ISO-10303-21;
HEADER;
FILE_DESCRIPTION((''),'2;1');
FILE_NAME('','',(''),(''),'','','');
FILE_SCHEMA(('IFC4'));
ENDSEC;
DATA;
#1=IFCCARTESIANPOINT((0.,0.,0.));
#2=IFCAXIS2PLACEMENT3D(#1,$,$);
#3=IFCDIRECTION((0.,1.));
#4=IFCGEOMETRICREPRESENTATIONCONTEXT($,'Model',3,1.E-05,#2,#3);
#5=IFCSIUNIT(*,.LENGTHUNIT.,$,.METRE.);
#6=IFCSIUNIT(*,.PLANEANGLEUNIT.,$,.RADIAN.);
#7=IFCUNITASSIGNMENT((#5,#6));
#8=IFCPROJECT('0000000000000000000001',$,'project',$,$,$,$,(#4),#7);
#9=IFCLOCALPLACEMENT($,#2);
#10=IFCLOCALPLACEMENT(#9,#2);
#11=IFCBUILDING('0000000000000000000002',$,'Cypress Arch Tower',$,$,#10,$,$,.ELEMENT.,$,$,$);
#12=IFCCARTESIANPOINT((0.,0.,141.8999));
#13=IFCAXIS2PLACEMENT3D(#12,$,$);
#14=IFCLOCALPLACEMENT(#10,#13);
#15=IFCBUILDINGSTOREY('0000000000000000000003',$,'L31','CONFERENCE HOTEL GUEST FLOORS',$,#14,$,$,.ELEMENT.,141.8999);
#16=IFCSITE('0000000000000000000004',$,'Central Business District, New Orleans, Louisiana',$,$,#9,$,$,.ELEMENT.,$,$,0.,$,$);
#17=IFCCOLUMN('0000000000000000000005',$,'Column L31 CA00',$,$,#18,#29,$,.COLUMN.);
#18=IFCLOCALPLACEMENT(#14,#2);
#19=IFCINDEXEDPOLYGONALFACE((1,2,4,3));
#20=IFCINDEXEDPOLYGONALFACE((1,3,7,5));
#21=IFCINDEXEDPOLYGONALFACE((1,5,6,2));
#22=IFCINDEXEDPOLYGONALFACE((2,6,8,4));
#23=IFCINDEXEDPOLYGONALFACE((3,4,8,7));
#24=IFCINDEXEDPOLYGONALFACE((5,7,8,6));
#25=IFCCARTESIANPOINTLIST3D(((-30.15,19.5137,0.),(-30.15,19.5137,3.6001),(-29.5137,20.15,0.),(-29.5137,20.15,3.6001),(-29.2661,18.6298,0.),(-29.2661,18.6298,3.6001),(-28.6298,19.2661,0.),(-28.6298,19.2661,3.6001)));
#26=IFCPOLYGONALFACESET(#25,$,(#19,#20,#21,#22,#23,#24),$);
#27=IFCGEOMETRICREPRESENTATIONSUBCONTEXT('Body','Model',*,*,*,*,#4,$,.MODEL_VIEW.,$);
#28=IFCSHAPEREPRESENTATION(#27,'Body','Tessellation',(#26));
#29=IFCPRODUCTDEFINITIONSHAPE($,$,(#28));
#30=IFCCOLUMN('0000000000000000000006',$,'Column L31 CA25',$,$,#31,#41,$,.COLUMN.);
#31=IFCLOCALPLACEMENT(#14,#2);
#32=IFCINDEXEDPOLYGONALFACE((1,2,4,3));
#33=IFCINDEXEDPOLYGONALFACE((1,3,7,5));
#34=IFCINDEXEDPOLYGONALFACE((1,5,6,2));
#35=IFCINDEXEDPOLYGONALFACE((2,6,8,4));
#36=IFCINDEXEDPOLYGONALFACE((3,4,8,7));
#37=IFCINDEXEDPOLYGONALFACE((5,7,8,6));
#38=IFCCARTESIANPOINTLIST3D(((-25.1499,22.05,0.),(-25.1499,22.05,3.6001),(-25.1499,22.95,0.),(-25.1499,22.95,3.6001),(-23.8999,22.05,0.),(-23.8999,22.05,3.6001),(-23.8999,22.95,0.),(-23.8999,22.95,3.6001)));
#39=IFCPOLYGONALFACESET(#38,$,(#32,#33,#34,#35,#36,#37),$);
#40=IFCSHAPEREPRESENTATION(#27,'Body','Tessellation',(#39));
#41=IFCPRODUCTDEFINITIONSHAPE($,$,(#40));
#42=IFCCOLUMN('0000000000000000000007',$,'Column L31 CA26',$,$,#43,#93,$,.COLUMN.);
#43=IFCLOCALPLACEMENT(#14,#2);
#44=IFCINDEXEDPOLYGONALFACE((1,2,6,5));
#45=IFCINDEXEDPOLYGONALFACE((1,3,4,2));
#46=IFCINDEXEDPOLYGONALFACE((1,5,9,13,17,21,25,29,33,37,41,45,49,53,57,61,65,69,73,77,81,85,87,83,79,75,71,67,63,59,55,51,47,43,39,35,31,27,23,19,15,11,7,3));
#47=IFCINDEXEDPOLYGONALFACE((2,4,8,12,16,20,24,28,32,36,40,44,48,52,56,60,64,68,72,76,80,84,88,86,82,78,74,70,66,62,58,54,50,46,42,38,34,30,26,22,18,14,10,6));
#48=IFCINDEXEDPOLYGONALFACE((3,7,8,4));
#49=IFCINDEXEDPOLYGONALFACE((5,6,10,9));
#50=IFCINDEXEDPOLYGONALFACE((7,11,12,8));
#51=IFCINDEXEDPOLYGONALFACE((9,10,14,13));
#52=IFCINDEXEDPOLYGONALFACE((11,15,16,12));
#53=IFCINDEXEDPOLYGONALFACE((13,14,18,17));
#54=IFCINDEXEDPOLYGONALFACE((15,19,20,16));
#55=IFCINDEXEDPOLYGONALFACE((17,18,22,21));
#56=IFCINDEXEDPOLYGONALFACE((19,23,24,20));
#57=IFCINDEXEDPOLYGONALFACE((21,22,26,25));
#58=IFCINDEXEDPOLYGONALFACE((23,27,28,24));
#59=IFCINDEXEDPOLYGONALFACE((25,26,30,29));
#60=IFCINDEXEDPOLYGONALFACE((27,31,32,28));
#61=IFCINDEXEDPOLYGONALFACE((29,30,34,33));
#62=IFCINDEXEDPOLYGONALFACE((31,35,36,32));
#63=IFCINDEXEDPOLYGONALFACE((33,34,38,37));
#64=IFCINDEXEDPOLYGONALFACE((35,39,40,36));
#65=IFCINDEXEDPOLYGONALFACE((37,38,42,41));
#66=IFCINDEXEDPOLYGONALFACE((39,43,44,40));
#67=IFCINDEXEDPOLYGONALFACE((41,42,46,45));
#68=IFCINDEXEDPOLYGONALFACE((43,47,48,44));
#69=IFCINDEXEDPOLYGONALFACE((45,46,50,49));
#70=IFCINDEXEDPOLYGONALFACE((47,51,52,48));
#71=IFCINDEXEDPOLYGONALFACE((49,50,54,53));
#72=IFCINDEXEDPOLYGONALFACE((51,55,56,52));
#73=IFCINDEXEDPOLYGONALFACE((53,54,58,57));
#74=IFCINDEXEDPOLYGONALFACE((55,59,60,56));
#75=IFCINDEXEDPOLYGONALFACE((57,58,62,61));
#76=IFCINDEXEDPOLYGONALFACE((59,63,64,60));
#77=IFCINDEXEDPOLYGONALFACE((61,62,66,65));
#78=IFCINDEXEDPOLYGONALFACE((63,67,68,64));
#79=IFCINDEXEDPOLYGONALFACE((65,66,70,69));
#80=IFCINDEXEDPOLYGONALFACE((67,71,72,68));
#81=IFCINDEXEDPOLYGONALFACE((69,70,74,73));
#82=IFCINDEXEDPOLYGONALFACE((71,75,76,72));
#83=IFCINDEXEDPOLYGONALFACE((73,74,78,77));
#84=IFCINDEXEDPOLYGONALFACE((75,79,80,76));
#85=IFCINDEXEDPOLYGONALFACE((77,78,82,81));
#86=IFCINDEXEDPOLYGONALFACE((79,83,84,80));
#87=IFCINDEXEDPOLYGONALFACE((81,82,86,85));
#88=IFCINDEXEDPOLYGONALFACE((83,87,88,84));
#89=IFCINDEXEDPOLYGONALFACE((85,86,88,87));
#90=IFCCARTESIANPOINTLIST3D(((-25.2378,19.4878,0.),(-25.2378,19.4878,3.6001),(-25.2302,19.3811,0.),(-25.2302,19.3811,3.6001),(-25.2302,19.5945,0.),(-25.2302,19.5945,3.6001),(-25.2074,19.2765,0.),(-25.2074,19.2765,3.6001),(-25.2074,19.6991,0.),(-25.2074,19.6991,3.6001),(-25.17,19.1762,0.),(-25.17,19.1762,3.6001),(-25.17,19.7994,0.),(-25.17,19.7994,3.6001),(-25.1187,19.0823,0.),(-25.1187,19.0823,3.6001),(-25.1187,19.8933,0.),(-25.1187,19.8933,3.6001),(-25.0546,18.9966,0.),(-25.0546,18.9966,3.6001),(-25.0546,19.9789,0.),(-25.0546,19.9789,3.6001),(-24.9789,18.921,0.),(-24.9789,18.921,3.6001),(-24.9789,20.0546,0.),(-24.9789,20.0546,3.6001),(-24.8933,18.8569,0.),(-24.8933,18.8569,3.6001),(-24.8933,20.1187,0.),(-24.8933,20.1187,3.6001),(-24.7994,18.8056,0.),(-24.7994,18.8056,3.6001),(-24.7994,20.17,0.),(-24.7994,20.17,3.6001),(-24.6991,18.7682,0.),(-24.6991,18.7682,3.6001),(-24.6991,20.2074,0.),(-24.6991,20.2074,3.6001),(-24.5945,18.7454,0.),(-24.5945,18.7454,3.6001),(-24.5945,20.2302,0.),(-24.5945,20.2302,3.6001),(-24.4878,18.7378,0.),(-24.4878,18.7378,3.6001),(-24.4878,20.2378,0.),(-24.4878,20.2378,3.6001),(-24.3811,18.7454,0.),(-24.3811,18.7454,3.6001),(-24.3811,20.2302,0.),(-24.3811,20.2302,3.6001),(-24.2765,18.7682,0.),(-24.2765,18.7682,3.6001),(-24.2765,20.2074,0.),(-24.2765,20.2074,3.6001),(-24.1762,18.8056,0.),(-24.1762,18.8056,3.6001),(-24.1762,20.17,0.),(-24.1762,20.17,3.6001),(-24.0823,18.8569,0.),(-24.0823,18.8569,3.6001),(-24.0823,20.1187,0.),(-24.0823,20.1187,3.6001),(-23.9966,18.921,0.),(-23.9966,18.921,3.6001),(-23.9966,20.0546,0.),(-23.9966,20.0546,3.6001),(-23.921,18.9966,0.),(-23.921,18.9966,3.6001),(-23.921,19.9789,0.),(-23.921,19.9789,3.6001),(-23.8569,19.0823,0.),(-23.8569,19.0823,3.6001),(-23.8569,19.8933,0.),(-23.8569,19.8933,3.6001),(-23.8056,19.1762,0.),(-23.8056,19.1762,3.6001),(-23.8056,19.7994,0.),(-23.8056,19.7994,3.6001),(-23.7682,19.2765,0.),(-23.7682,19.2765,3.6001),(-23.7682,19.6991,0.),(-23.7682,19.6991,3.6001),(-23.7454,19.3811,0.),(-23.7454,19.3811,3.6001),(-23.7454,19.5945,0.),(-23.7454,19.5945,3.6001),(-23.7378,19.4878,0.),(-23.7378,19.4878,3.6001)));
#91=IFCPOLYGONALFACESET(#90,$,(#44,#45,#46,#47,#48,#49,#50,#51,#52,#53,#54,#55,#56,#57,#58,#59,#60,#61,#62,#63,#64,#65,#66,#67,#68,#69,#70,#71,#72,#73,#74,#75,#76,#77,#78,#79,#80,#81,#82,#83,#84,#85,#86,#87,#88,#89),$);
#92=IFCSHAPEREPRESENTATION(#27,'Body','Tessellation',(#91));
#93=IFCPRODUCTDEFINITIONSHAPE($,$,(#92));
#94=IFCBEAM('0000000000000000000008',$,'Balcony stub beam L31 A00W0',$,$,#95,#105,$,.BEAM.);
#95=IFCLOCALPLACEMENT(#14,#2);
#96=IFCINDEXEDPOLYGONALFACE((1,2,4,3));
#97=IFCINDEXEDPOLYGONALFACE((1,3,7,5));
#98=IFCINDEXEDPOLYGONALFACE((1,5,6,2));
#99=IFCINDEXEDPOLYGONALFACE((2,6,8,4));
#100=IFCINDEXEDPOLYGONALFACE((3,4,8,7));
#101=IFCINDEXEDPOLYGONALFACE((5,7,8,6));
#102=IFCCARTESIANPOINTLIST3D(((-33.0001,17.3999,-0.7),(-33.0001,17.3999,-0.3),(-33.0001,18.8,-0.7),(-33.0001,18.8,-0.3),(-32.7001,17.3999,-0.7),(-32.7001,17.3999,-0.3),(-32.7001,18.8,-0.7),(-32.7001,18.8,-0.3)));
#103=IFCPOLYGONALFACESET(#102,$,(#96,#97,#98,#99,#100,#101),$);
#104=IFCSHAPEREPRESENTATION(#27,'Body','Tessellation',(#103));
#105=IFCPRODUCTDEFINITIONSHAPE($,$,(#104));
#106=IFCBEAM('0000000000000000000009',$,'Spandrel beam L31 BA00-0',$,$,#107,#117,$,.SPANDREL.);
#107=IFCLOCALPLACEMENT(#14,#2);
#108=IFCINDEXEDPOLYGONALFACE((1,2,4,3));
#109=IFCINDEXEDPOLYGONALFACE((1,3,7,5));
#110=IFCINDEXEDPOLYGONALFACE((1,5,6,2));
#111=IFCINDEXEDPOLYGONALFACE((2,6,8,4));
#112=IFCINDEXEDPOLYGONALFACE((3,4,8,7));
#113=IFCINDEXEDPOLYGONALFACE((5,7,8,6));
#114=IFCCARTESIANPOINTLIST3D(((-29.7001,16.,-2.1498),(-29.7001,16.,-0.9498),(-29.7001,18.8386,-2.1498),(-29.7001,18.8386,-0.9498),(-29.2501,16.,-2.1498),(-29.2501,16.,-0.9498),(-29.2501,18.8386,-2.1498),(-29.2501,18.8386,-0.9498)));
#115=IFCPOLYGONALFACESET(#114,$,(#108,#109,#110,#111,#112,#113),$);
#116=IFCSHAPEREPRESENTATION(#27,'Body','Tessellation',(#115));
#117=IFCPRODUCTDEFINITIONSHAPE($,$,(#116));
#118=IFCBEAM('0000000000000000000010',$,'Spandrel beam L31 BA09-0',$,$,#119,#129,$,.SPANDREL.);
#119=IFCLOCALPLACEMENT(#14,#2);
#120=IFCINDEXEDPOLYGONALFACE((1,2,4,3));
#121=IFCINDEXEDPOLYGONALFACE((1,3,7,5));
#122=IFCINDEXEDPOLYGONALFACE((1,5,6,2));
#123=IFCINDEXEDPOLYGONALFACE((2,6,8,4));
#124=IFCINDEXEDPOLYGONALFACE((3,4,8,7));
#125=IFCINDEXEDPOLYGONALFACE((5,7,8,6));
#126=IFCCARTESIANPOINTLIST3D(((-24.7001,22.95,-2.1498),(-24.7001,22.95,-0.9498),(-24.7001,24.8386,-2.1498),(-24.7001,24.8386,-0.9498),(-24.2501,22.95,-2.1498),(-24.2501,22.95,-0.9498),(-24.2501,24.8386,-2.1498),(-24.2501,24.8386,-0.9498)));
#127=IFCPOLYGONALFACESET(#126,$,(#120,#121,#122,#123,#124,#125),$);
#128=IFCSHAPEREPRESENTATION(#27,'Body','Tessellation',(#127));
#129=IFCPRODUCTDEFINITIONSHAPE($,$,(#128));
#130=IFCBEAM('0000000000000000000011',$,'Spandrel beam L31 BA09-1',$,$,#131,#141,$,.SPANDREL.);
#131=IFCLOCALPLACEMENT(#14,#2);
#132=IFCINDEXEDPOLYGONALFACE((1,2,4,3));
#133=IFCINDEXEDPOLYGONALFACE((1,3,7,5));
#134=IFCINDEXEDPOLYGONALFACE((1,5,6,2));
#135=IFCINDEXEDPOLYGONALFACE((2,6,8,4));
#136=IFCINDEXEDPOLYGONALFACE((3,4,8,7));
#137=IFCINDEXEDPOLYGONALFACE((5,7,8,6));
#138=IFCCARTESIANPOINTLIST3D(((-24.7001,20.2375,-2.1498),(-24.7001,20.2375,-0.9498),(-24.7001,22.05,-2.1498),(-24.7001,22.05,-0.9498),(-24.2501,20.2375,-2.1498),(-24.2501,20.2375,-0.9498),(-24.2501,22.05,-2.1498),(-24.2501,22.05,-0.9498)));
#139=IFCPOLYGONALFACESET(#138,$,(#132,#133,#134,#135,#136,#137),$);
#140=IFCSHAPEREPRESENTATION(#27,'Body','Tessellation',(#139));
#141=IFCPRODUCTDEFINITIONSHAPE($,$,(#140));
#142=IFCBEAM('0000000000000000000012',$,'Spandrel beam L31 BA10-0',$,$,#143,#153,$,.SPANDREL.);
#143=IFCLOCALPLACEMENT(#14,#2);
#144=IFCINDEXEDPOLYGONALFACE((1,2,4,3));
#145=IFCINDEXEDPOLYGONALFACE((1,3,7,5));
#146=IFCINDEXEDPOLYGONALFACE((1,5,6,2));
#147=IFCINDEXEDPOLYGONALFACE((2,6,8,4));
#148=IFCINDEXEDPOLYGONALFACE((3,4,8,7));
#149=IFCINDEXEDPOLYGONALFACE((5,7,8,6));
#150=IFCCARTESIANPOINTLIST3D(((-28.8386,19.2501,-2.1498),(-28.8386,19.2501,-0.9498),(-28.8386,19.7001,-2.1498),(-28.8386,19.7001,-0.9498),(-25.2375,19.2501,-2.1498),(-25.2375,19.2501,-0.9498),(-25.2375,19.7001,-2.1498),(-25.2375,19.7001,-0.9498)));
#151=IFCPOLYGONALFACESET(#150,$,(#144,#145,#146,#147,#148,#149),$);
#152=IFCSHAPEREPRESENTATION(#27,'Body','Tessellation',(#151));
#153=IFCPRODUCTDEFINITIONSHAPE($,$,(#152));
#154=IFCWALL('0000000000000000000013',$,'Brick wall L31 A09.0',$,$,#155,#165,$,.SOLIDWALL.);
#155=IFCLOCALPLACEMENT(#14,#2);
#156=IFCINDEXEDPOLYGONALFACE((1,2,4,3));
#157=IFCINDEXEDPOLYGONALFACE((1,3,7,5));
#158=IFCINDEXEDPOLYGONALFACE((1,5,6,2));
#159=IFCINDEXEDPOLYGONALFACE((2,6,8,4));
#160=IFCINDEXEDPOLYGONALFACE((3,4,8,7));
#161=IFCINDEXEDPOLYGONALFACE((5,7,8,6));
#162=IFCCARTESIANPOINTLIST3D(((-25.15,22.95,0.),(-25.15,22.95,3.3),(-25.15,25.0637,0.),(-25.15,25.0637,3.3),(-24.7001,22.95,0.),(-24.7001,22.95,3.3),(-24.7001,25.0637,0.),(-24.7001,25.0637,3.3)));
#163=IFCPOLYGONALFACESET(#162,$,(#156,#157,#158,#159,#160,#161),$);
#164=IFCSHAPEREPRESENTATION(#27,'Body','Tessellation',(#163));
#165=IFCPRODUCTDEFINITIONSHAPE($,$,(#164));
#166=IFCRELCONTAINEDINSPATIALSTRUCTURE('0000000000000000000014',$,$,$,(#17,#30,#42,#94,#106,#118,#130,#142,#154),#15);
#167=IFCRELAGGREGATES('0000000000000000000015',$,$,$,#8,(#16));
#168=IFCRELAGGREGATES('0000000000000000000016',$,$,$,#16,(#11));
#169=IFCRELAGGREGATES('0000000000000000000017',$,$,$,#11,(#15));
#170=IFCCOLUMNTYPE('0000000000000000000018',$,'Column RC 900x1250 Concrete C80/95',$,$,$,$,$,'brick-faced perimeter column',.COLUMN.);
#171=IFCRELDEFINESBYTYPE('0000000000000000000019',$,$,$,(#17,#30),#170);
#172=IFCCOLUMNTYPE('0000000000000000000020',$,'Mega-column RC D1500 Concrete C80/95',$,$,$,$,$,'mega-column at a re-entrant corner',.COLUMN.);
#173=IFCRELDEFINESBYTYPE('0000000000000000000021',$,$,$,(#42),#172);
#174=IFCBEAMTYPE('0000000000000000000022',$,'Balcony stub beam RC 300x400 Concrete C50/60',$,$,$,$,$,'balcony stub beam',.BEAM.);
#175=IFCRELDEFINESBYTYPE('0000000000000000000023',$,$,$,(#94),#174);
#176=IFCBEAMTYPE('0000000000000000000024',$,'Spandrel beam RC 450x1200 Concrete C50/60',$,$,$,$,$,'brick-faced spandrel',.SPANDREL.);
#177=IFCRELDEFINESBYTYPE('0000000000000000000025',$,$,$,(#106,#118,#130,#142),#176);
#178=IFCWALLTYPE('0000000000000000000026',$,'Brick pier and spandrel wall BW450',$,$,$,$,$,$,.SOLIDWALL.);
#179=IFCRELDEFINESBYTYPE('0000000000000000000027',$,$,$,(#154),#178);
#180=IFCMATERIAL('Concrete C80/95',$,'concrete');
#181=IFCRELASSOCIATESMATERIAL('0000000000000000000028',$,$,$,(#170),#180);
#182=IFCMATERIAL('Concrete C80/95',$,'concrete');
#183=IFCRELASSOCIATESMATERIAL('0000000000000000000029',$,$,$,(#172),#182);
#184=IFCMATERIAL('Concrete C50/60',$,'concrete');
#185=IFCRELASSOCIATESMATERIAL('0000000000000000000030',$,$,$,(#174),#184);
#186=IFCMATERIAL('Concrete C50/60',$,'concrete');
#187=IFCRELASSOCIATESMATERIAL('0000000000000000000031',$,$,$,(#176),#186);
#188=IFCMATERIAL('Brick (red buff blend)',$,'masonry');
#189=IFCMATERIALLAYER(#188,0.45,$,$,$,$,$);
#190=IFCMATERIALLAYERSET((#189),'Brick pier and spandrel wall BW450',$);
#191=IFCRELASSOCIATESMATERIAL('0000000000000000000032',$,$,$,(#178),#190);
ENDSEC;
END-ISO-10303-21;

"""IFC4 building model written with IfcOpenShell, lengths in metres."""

from ifc_helpers import new_model, si_unit, direction, frame, frame_2d, origin, origin_2d, place, context, subcontext, project, spatial, rectangle, circle, extrude, material, layer, layer_set, material_profile, profile_set, type_object, element, save


model = new_model("IFC4")

# Units and contexts
model_context = context("Model", 3, precision=1e-05, world=origin(), true_north=direction((0.0, 1.0)))
body_context = subcontext(model_context, "Body", "Model", "MODEL_VIEW")
ifc_project = project(units=[si_unit("LENGTHUNIT", "METRE"), si_unit("PLANEANGLEUNIT", "RADIAN")], contexts=[model_context])

# Site, building, storey
site_placement = place(None, origin())
site = spatial("IfcSite", under=ifc_project, at=site_placement, Name="Central Business District, New Orleans, Louisiana", CompositionType="ELEMENT", RefElevation=0.0)
building_placement = place(site_placement, origin())
building = spatial("IfcBuilding", under=site, at=building_placement, Name="Cypress Arch Tower", CompositionType="ELEMENT")
storey_placement = place(building_placement, frame((0.0, 0.0, 141.8999)))
storey = spatial("IfcBuildingStorey", under=building, at=storey_placement, Name="L31", Description="CONFERENCE HOTEL GUEST FLOORS", CompositionType="ELEMENT", Elevation=141.8999)

# Columns
ifc_material_1 = material(Name="Concrete C80/95", Category="concrete")
ifc_material_profile_1 = material_profile(ifc_material_1, rectangle(XDim=0.8999, YDim=1.25, at=origin_2d()), Name="RC 900x1250")
ifc_profile_set_1 = profile_set([ifc_material_profile_1], Name="Concrete C80/95")
column_type_1 = type_object("IfcColumnType", Name="Column RC 900x1250 Concrete C80/95", ElementType="brick-faced perimeter column", PredefinedType="COLUMN", material=ifc_profile_set_1)
for number, where, z_axis, x_axis, name in (
    (1, (-29.3899, 19.3899, 0.0), (0.0, 0.0, 1.0), (-0.707107, -0.707107, 0.0), "Column L31 CA00"),
    (2, (-24.5249, 22.5, 0.0), (0.0, 0.0, 1.0), (0.0, -1.0, 0.0), "Column L31 CA25"),
):
    element("IfcColumn", number, at=place(storey_placement, frame(where, z_axis=z_axis, x_axis=x_axis)), inside=storey, type_object=column_type_1, Name=name, PredefinedType="COLUMN", context=body_context, shape_type="SweptSolid", body=[
        extrude(rectangle(XDim=0.8999, YDim=1.25, at=origin_2d()), origin(), (0.0, 0.0, 1.0), 3.6001),
    ])
ifc_material_2 = material(Name="Concrete C80/95", Category="concrete")
ifc_material_profile_2 = material_profile(ifc_material_2, circle(Radius=0.75, at=origin_2d()), Name="RC D1500")
ifc_profile_set_2 = profile_set([ifc_material_profile_2], Name="Concrete C80/95")
column_type_2 = type_object("IfcColumnType", Name="Mega-column RC D1500 Concrete C80/95", ElementType="mega-column at a re-entrant corner", PredefinedType="COLUMN", material=ifc_profile_set_2)
column_placement = place(storey_placement, frame((-24.4878, 19.4878, 0.0), z_axis=(0.0, 0.0, 1.0), x_axis=(1.0, 0.0, 0.0)))
element("IfcColumn", 3, at=column_placement, inside=storey, type_object=column_type_2, Name="Column L31 CA26", PredefinedType="COLUMN", context=body_context, shape_type="SweptSolid", body=[
    extrude(circle(Radius=0.75, at=origin_2d()), origin(), (0.0, 0.0, 1.0), 3.6001),
])

# Beams
ifc_material_3 = material(Name="Concrete C50/60", Category="concrete")
ifc_material_profile_3 = material_profile(ifc_material_3, rectangle(XDim=0.3, YDim=0.3999, at=origin_2d()), Name="RC 300x400")
ifc_profile_set_3 = profile_set([ifc_material_profile_3], Name="Concrete C50/60")
beam_type_1 = type_object("IfcBeamType", Name="Balcony stub beam RC 300x400 Concrete C50/60", ElementType="balcony stub beam", PredefinedType="BEAM", material=ifc_profile_set_3)
beam_1_placement = place(storey_placement, frame((-32.8501, 18.8, -0.5), z_axis=(0.0, -1.0, 0.0), x_axis=(1.0, 0.0, 0.0)))
element("IfcBeam", 4, at=beam_1_placement, inside=storey, type_object=beam_type_1, Name="Balcony stub beam L31 A00W0", PredefinedType="BEAM", context=body_context, shape_type="SweptSolid", body=[
    extrude(rectangle(XDim=0.3, YDim=0.3999, at=origin_2d()), origin(), (0.0, 0.0, 1.0), 1.4001),
])
ifc_material_4 = material(Name="Concrete C50/60", Category="concrete")
ifc_material_profile_4 = material_profile(ifc_material_4, rectangle(XDim=0.45, YDim=1.2, at=origin_2d()), Name="RC 450x1200")
ifc_profile_set_4 = profile_set([ifc_material_profile_4], Name="Concrete C50/60")
beam_type_2 = type_object("IfcBeamType", Name="Spandrel beam RC 450x1200 Concrete C50/60", ElementType="brick-faced spandrel", PredefinedType="SPANDREL", material=ifc_profile_set_4)
beam_2_placement = place(storey_placement, frame((-29.4751, 18.8386, -1.5498), z_axis=(0.0, -1.0, 0.0), x_axis=(1.0, 0.0, 0.0)))
element("IfcBeam", 5, at=beam_2_placement, inside=storey, type_object=beam_type_2, Name="Spandrel beam L31 BA00-0", PredefinedType="SPANDREL", context=body_context, shape_type="SweptSolid", body=[
    extrude(rectangle(XDim=0.45, YDim=1.2, at=origin_2d()), origin(), (0.0, 0.0, 1.0), 2.8386),
])
beam_3_placement = place(storey_placement, frame((-24.4751, 24.8386, -1.5498), z_axis=(0.0, -1.0, 0.0), x_axis=(1.0, 0.0, 0.0)))
element("IfcBeam", 6, at=beam_3_placement, inside=storey, type_object=beam_type_2, Name="Spandrel beam L31 BA09-0", PredefinedType="SPANDREL", context=body_context, shape_type="SweptSolid", body=[
    extrude(rectangle(XDim=0.45, YDim=1.2, at=origin_2d()), origin(), (0.0, 0.0, 1.0), 1.8887),
])
beam_4_placement = place(storey_placement, frame((-24.4751, 22.05, -1.5498), z_axis=(0.0, -1.0, 0.0), x_axis=(1.0, 0.0, 0.0)))
element("IfcBeam", 7, at=beam_4_placement, inside=storey, type_object=beam_type_2, Name="Spandrel beam L31 BA09-1", PredefinedType="SPANDREL", context=body_context, shape_type="SweptSolid", body=[
    extrude(rectangle(XDim=0.45, YDim=1.2, at=origin_2d()), origin(), (0.0, 0.0, 1.0), 1.8125),
])
beam_5_placement = place(storey_placement, frame((-25.2375, 19.4751, -1.5498), z_axis=(-1.0, 0.0, 0.0), x_axis=(0.0, -1.0, 0.0)))
element("IfcBeam", 8, at=beam_5_placement, inside=storey, type_object=beam_type_2, Name="Spandrel beam L31 BA10-0", PredefinedType="SPANDREL", context=body_context, shape_type="SweptSolid", body=[
    extrude(rectangle(XDim=0.45, YDim=1.2, at=origin_2d()), origin(), (0.0, 0.0, 1.0), 3.6011),
])

# Shared definitions
ifc_material_5 = material(Name="Brick (red buff blend)", Category="masonry")
ifc_layer = layer(ifc_material_5, 0.45)
ifc_layer_set = layer_set([ifc_layer], Name="Brick pier and spandrel wall BW450")
wall_type = type_object("IfcWallType", Name="Brick pier and spandrel wall BW450", PredefinedType="SOLIDWALL", material=ifc_layer_set)

# Wall
wall_1_placement = place(storey_placement, frame((-24.925, 25.0637, 0.0), z_axis=(0.0, 0.0, 1.0), x_axis=(0.0, -1.0, 0.0)))
element("IfcWall", 9, at=wall_1_placement, inside=storey, type_object=wall_type, Name="Brick wall L31 A09.0", PredefinedType="SOLIDWALL", context=body_context, shape_type="SweptSolid", body=[
    extrude(rectangle(XDim=2.1138, YDim=0.45, at=frame_2d((1.0569, 0.0))), origin(), (0.0, 0.0, 1.0), 3.3),
])

save(model, "model.ifc")
